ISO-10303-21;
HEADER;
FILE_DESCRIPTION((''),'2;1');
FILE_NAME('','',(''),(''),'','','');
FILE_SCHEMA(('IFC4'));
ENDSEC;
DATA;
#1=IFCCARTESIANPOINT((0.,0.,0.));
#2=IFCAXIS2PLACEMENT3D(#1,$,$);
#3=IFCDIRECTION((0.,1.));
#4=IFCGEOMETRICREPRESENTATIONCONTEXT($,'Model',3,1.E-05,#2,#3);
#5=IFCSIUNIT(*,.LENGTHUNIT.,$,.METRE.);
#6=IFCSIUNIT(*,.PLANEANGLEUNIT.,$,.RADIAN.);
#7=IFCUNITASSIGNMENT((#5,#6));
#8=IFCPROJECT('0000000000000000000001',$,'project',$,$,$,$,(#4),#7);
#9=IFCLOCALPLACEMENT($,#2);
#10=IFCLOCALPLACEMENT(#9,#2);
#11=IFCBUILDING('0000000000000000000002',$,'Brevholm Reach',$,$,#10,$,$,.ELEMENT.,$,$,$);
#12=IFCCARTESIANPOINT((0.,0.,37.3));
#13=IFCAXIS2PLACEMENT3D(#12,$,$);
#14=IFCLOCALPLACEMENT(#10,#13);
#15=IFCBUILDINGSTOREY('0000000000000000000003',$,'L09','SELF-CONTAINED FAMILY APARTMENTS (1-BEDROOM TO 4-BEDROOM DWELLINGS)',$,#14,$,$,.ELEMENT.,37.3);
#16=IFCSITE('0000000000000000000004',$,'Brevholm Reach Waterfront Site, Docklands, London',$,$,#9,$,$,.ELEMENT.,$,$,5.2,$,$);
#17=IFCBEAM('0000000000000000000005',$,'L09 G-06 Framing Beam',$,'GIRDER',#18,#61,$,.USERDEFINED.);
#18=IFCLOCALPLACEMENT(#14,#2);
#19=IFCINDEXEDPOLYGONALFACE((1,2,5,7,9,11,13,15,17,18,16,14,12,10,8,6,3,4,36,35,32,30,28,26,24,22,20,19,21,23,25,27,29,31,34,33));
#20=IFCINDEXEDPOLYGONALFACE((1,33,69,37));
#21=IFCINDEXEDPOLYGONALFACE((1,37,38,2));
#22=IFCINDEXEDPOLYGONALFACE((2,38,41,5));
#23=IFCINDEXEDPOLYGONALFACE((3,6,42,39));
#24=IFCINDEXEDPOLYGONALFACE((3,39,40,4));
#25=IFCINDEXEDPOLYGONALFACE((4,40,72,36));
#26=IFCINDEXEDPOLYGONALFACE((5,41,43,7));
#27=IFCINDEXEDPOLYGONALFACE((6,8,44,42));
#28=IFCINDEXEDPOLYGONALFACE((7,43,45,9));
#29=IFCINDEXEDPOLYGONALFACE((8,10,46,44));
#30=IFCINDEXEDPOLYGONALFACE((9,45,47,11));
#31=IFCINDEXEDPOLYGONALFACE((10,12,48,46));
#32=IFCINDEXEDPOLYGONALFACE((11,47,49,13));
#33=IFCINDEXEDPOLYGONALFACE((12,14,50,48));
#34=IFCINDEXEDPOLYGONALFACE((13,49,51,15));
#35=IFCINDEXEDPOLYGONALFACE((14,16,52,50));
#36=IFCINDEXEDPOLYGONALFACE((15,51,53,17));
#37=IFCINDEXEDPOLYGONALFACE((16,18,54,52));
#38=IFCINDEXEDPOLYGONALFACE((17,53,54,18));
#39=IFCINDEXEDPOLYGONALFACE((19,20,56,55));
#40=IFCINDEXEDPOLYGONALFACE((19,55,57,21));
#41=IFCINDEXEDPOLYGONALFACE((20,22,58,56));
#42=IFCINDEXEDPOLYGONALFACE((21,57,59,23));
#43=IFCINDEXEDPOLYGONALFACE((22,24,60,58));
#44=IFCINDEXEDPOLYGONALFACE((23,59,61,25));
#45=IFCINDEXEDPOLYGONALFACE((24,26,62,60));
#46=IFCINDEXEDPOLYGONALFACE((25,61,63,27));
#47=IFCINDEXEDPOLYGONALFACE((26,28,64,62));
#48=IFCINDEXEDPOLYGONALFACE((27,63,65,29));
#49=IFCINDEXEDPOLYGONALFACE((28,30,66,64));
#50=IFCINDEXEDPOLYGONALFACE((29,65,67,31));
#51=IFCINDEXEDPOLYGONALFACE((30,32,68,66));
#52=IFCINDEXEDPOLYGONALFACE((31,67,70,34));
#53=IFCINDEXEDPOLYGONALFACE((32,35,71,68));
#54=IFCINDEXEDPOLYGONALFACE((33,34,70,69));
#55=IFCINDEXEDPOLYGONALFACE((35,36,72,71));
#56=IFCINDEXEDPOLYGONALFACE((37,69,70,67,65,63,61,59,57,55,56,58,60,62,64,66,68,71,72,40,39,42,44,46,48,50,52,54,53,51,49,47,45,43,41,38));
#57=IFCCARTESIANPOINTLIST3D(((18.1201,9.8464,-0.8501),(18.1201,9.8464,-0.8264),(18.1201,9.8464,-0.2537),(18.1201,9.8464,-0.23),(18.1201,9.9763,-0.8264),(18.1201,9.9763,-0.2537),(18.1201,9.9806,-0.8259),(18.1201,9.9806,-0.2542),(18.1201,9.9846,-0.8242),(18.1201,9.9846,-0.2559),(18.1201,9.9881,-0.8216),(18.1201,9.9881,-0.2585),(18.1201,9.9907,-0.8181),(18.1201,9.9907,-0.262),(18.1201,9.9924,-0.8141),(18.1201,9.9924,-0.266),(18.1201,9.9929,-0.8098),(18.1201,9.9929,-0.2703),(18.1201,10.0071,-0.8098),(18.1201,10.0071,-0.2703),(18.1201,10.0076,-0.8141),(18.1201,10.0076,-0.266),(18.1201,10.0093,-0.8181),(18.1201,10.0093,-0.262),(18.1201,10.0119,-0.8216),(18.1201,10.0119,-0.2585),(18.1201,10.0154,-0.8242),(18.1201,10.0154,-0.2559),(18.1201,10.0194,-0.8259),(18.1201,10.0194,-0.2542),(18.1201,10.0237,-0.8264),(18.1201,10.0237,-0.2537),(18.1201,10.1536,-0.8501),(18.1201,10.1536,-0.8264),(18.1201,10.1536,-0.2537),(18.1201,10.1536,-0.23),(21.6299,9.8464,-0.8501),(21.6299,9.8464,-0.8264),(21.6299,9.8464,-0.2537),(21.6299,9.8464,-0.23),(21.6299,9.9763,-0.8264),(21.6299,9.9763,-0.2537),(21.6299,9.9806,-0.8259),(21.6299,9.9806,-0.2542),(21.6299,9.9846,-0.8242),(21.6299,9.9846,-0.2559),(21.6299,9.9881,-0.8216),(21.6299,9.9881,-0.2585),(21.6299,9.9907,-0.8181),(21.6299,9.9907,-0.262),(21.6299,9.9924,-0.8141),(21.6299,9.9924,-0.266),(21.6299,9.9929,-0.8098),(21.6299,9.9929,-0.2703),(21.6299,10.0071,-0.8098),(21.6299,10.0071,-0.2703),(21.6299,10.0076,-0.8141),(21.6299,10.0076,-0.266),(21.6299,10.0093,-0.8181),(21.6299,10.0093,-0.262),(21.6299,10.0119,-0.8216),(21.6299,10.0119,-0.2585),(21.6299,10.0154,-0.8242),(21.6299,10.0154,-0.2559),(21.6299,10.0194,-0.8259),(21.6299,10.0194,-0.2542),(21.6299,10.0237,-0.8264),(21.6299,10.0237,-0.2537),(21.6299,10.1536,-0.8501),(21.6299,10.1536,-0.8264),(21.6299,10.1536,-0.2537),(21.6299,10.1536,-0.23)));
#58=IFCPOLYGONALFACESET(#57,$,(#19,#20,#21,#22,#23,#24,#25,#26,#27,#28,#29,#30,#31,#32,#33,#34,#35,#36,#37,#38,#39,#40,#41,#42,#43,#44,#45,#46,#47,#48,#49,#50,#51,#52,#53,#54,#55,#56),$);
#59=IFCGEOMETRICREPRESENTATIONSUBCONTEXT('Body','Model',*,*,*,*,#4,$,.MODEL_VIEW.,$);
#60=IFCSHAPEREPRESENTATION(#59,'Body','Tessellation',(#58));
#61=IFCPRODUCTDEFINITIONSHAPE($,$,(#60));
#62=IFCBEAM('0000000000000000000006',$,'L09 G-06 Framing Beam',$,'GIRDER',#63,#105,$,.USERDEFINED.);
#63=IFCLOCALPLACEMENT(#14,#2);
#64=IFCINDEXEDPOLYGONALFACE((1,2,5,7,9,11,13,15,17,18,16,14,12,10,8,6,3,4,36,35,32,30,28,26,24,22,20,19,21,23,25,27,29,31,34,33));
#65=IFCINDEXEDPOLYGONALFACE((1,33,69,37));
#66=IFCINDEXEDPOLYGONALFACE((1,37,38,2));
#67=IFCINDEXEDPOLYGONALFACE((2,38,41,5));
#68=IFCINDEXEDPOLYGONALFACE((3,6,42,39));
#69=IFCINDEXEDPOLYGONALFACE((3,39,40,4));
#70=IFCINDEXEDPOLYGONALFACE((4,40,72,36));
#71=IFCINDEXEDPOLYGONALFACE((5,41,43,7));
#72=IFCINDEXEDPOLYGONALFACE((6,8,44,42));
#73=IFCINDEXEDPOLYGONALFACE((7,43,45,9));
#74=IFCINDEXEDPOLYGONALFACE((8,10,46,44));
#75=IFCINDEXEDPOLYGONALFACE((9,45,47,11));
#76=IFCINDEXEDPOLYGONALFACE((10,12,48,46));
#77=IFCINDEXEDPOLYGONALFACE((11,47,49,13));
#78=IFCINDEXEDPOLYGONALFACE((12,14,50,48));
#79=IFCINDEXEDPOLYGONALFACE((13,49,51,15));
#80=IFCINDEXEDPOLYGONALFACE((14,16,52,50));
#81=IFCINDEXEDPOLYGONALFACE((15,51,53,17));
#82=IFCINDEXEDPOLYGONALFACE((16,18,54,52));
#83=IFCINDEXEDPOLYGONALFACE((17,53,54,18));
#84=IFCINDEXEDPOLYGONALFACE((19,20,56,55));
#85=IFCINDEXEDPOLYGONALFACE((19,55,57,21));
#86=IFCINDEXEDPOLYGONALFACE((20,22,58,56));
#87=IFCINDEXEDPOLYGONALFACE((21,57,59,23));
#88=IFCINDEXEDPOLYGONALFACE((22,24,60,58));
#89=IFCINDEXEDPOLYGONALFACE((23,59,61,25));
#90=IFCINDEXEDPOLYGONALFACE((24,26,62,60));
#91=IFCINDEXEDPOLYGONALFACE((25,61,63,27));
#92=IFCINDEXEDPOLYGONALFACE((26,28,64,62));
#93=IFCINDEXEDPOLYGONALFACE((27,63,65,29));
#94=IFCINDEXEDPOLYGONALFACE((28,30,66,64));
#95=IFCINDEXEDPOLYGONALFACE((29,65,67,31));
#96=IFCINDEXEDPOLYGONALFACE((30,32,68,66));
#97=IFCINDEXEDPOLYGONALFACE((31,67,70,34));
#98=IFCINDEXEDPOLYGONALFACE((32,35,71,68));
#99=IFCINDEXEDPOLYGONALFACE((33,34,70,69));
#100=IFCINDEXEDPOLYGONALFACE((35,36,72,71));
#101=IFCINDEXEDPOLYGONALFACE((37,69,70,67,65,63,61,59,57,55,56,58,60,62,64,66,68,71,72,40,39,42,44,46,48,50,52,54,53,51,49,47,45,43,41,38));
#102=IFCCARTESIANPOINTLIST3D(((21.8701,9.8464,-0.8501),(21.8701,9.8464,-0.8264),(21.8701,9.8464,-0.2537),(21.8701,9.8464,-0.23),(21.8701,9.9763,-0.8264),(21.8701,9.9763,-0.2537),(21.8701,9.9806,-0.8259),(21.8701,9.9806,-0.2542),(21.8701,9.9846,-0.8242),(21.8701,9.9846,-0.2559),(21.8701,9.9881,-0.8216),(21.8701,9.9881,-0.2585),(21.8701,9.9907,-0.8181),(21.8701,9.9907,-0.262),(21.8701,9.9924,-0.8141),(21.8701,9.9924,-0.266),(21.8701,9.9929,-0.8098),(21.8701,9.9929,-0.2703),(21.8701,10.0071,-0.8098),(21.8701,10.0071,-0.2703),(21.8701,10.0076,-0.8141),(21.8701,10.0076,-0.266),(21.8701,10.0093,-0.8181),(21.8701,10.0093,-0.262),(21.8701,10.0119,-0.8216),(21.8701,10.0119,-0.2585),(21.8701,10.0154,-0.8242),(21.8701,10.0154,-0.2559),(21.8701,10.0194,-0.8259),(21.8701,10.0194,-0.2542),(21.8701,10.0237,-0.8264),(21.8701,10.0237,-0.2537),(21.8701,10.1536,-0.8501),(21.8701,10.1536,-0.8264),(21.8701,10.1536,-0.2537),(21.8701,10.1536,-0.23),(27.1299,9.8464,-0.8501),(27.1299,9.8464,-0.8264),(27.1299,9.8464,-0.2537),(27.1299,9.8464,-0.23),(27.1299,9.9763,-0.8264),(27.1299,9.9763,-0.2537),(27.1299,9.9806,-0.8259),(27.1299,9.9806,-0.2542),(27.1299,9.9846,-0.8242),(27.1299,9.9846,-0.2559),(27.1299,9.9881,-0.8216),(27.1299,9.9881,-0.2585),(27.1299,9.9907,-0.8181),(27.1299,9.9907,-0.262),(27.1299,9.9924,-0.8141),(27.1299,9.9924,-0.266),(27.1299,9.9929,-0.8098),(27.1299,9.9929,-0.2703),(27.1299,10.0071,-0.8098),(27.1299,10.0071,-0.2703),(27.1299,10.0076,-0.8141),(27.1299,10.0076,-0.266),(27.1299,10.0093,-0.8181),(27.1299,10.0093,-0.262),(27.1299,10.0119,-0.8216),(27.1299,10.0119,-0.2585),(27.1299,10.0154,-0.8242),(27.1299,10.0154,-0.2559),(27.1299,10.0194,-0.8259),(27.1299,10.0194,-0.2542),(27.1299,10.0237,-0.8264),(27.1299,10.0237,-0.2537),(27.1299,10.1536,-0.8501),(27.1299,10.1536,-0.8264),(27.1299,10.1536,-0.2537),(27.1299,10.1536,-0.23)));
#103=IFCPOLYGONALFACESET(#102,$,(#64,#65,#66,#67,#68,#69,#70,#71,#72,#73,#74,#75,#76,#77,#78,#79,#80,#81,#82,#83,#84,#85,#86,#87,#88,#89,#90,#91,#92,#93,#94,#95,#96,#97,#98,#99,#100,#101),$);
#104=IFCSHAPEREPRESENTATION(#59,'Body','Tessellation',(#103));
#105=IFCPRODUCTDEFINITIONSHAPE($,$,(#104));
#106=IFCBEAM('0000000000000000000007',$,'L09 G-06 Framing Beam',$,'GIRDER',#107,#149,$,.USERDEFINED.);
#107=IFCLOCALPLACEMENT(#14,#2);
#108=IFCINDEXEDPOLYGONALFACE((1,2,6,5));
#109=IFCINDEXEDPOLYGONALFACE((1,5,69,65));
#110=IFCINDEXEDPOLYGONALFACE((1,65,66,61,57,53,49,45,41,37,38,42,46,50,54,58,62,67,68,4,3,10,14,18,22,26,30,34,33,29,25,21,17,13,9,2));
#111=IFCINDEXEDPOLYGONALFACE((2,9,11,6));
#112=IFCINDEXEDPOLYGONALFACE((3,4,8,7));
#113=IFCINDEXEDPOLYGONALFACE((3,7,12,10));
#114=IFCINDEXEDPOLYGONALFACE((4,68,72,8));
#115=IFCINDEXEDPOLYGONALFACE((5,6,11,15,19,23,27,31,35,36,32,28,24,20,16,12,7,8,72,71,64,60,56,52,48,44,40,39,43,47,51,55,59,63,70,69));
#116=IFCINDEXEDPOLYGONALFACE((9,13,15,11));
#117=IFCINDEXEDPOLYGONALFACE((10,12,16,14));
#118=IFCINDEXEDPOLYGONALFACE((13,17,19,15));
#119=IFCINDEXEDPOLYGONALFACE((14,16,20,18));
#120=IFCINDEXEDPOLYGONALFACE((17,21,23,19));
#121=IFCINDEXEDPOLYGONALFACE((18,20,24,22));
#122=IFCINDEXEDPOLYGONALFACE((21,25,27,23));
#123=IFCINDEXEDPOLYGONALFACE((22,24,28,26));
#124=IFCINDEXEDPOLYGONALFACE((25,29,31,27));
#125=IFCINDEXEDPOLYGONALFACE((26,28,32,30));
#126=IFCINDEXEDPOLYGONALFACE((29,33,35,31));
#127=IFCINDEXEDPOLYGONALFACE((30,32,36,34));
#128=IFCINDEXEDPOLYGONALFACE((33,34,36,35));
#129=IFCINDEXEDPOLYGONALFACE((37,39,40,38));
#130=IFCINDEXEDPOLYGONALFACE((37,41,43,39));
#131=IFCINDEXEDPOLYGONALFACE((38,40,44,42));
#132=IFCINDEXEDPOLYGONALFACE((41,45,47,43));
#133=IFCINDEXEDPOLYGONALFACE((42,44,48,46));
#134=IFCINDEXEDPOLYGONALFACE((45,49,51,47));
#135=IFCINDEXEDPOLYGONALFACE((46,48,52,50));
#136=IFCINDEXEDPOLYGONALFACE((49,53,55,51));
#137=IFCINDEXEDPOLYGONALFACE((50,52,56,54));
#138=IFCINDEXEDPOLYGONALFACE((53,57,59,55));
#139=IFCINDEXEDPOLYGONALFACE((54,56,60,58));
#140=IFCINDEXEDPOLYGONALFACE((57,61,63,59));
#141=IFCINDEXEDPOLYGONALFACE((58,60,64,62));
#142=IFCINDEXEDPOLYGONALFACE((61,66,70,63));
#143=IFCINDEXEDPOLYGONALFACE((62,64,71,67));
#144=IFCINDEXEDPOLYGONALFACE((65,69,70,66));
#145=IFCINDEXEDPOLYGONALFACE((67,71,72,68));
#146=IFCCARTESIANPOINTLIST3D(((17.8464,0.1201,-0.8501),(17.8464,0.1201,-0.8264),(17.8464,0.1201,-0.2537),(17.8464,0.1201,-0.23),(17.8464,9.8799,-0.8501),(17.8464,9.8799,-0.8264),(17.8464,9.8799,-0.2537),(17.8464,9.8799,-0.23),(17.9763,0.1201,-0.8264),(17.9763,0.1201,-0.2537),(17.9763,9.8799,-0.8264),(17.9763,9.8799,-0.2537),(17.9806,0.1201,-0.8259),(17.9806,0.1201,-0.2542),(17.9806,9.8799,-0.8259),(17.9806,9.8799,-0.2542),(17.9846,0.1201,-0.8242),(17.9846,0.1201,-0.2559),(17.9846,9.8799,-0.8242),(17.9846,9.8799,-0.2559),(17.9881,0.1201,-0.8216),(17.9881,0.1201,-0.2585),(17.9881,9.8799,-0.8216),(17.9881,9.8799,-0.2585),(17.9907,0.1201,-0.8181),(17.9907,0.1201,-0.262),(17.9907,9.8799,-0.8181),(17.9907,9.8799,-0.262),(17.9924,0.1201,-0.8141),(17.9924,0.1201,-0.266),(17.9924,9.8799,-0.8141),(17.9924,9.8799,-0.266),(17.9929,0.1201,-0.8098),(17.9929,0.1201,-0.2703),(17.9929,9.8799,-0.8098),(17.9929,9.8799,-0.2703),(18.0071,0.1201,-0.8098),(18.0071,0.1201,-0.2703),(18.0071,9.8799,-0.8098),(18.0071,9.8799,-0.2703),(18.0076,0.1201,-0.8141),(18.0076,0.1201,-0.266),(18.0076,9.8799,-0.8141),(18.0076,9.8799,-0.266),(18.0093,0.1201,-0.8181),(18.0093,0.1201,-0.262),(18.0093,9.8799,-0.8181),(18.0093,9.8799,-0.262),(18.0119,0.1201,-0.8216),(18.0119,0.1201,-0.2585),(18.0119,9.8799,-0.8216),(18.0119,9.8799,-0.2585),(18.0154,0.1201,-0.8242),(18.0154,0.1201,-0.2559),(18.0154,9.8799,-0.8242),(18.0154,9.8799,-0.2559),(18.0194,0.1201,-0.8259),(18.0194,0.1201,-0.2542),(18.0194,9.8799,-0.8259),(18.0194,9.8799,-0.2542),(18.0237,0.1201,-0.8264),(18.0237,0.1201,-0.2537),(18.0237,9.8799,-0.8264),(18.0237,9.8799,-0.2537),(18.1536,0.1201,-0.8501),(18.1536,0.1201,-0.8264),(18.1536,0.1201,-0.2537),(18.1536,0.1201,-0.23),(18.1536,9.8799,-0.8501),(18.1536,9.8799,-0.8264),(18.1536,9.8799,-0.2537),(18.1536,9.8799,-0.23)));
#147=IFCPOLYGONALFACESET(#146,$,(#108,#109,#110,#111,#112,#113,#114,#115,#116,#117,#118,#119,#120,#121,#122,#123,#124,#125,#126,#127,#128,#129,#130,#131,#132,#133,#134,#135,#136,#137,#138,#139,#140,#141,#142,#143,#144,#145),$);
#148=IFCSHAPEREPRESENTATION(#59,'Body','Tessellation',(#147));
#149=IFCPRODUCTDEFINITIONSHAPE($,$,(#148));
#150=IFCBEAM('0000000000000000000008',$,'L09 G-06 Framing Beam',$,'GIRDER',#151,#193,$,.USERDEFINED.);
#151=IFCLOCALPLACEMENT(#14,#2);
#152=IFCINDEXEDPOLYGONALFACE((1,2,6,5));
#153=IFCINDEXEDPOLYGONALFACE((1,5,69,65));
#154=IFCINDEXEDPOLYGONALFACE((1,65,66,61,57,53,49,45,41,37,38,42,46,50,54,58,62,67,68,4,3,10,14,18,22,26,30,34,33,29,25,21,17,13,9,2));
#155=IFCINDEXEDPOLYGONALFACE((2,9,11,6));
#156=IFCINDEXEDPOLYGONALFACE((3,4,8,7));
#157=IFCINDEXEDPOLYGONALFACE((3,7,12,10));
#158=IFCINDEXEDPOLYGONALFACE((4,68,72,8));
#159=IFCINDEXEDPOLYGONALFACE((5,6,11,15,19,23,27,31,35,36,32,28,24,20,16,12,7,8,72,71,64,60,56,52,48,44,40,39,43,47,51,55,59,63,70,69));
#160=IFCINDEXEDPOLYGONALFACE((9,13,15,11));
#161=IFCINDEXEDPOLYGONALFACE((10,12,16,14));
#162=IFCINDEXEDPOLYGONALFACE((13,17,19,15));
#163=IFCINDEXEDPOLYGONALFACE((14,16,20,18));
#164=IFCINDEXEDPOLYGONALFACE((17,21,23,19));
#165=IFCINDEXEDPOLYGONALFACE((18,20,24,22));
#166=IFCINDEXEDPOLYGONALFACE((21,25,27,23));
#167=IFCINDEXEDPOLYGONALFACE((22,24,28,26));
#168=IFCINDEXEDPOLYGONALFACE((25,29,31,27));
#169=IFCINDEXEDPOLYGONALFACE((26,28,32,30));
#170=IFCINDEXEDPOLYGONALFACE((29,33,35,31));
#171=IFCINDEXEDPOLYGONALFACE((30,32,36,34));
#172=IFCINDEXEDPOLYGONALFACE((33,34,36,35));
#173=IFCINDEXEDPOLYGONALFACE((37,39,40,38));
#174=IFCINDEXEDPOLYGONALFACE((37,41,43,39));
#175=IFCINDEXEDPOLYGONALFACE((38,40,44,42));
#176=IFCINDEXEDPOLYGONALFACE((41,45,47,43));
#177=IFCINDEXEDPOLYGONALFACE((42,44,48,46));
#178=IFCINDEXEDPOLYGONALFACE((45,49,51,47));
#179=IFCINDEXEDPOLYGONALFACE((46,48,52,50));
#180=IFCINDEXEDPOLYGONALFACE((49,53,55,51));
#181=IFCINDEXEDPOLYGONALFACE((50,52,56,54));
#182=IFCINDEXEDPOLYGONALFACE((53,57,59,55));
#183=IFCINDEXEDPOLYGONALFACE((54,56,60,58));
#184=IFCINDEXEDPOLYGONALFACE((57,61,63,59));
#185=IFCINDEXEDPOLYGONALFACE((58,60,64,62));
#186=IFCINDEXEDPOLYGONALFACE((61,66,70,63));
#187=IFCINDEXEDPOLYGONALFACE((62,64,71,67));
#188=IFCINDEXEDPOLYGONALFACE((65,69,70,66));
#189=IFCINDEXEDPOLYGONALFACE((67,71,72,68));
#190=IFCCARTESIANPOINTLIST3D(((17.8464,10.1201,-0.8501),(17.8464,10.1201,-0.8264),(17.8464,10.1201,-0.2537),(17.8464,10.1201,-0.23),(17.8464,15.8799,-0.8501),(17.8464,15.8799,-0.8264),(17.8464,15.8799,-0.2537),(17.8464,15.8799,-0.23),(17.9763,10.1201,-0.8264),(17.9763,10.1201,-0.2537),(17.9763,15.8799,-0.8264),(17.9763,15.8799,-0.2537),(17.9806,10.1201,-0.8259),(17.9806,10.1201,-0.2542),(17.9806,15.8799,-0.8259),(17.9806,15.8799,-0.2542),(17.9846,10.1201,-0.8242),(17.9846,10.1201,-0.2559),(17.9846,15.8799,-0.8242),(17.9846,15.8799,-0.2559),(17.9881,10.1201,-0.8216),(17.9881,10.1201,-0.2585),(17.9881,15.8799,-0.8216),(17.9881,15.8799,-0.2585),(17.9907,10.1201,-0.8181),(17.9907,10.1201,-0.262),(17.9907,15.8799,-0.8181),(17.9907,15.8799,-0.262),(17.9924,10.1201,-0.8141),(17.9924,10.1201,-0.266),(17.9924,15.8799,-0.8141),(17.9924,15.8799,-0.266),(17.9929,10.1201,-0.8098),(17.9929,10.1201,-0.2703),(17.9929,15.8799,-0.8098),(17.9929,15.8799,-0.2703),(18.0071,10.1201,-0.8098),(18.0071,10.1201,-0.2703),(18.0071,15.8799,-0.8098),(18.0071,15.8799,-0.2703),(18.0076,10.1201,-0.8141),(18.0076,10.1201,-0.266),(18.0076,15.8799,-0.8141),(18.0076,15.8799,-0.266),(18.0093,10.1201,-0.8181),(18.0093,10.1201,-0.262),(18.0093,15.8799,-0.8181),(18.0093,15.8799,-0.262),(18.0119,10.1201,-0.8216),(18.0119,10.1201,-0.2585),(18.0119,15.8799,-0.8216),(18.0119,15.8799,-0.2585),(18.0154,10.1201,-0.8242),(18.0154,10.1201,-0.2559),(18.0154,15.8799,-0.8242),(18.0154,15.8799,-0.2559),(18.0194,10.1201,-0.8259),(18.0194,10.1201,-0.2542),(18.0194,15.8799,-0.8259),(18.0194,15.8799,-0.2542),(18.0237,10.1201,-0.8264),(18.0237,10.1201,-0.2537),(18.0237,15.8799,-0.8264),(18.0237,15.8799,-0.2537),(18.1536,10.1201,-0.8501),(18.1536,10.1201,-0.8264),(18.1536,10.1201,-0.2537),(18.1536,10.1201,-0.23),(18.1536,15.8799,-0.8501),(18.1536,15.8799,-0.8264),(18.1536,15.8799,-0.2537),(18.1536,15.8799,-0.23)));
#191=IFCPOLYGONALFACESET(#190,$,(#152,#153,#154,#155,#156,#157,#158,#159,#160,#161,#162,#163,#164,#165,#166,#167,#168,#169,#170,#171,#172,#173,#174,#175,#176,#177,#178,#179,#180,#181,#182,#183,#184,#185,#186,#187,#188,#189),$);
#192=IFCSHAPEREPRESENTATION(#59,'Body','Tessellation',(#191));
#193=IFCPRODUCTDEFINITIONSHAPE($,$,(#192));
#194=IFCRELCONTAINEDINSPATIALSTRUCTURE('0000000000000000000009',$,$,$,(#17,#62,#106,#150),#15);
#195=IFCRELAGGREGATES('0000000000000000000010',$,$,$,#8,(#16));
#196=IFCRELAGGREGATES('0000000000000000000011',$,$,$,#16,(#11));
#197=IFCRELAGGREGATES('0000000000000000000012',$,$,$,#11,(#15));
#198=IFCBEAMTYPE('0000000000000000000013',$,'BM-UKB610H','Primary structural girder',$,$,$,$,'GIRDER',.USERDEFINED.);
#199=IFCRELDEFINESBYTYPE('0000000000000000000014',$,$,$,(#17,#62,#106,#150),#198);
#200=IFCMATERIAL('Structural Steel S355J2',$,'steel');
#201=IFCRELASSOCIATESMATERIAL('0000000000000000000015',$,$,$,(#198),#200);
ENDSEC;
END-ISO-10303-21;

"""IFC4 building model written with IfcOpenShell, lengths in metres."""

from ifc_helpers import new_model, si_unit, direction, frame, origin, origin_2d, place, context, subcontext, project, spatial, i_section, extrude, material, material_profile, profile_set, type_object, element, save


model = new_model("IFC4")

# Units and contexts
model_context = context("Model", 3, precision=1e-05, world=origin(), true_north=direction((0.0, 1.0)))
body_context = subcontext(model_context, "Body", "Model", "MODEL_VIEW")
ifc_project = project(units=[si_unit("LENGTHUNIT", "METRE"), si_unit("PLANEANGLEUNIT", "RADIAN")], contexts=[model_context])

# Site, building, storey
site_placement = place(None, origin())
site = spatial("IfcSite", under=ifc_project, at=site_placement, Name="Brevholm Reach Waterfront Site, Docklands, London", CompositionType="ELEMENT", RefElevation=5.2)
building_placement = place(site_placement, origin())
building = spatial("IfcBuilding", under=site, at=building_placement, Name="Brevholm Reach", CompositionType="ELEMENT")
storey_placement = place(building_placement, frame((0.0, 0.0, 37.3)))
storey = spatial("IfcBuildingStorey", under=building, at=storey_placement, Name="L09", Description="SELF-CONTAINED FAMILY APARTMENTS (1-BEDROOM TO 4-BEDROOM DWELLINGS)", CompositionType="ELEMENT", Elevation=37.3)

# Beams
ifc_material_1 = material(Name="Structural Steel S355J2", Category="steel")
ifc_material_profile_1 = material_profile(ifc_material_1, i_section(OverallWidth=0.3071, OverallDepth=0.6201, WebThickness=0.0142, FlangeThickness=0.0237, FilletRadius=0.0166, at=origin_2d()), Name="UKB 610x305x179")
ifc_profile_set_1 = profile_set([ifc_material_profile_1], Name="Structural Steel S355J2")
beam_type_1 = type_object("IfcBeamType", Name="BM-UKB610H", Description="Primary structural girder", ElementType="GIRDER", PredefinedType="USERDEFINED", material=ifc_profile_set_1)
beam_1_placement = place(storey_placement, frame((18.1201, 10.0, -0.54), z_axis=(1.0, 0.0, 0.0), x_axis=(0.0, 1.0, 0.0)))
element("IfcBeam", 1, at=beam_1_placement, inside=storey, type_object=beam_type_1, Name="L09 G-06 Framing Beam", ObjectType="GIRDER", PredefinedType="USERDEFINED", context=body_context, shape_type="SweptSolid", body=[
    extrude(i_section(OverallWidth=0.3071, OverallDepth=0.6201, WebThickness=0.0142, FlangeThickness=0.0237, FilletRadius=0.0166, at=origin_2d()), origin(), (0.0, 0.0, 1.0), 3.5098),
])
beam_2_placement = place(storey_placement, frame((21.8701, 10.0, -0.54), z_axis=(1.0, 0.0, 0.0), x_axis=(0.0, 1.0, 0.0)))
element("IfcBeam", 2, at=beam_2_placement, inside=storey, type_object=beam_type_1, Name="L09 G-06 Framing Beam", ObjectType="GIRDER", PredefinedType="USERDEFINED", context=body_context, shape_type="SweptSolid", body=[
    extrude(i_section(OverallWidth=0.3071, OverallDepth=0.6201, WebThickness=0.0142, FlangeThickness=0.0237, FilletRadius=0.0166, at=origin_2d()), origin(), (0.0, 0.0, 1.0), 5.2598),
])
beam_3_placement = place(storey_placement, frame((18.0, 0.1201, -0.54), z_axis=(0.0, 1.0, 0.0), x_axis=(-1.0, 0.0, 0.0)))
element("IfcBeam", 3, at=beam_3_placement, inside=storey, type_object=beam_type_1, Name="L09 G-06 Framing Beam", ObjectType="GIRDER", PredefinedType="USERDEFINED", context=body_context, shape_type="SweptSolid", body=[
    extrude(i_section(OverallWidth=0.3071, OverallDepth=0.6201, WebThickness=0.0142, FlangeThickness=0.0237, FilletRadius=0.0166, at=origin_2d()), origin(), (0.0, 0.0, 1.0), 9.7598),
])
beam_4_placement = place(storey_placement, frame((18.0, 10.1201, -0.54), z_axis=(0.0, 1.0, 0.0), x_axis=(-1.0, 0.0, 0.0)))
element("IfcBeam", 4, at=beam_4_placement, inside=storey, type_object=beam_type_1, Name="L09 G-06 Framing Beam", ObjectType="GIRDER", PredefinedType="USERDEFINED", context=body_context, shape_type="SweptSolid", body=[
    extrude(i_section(OverallWidth=0.3071, OverallDepth=0.6201, WebThickness=0.0142, FlangeThickness=0.0237, FilletRadius=0.0166, at=origin_2d()), origin(), (0.0, 0.0, 1.0), 5.7598),
])

save(model, "model.ifc")
